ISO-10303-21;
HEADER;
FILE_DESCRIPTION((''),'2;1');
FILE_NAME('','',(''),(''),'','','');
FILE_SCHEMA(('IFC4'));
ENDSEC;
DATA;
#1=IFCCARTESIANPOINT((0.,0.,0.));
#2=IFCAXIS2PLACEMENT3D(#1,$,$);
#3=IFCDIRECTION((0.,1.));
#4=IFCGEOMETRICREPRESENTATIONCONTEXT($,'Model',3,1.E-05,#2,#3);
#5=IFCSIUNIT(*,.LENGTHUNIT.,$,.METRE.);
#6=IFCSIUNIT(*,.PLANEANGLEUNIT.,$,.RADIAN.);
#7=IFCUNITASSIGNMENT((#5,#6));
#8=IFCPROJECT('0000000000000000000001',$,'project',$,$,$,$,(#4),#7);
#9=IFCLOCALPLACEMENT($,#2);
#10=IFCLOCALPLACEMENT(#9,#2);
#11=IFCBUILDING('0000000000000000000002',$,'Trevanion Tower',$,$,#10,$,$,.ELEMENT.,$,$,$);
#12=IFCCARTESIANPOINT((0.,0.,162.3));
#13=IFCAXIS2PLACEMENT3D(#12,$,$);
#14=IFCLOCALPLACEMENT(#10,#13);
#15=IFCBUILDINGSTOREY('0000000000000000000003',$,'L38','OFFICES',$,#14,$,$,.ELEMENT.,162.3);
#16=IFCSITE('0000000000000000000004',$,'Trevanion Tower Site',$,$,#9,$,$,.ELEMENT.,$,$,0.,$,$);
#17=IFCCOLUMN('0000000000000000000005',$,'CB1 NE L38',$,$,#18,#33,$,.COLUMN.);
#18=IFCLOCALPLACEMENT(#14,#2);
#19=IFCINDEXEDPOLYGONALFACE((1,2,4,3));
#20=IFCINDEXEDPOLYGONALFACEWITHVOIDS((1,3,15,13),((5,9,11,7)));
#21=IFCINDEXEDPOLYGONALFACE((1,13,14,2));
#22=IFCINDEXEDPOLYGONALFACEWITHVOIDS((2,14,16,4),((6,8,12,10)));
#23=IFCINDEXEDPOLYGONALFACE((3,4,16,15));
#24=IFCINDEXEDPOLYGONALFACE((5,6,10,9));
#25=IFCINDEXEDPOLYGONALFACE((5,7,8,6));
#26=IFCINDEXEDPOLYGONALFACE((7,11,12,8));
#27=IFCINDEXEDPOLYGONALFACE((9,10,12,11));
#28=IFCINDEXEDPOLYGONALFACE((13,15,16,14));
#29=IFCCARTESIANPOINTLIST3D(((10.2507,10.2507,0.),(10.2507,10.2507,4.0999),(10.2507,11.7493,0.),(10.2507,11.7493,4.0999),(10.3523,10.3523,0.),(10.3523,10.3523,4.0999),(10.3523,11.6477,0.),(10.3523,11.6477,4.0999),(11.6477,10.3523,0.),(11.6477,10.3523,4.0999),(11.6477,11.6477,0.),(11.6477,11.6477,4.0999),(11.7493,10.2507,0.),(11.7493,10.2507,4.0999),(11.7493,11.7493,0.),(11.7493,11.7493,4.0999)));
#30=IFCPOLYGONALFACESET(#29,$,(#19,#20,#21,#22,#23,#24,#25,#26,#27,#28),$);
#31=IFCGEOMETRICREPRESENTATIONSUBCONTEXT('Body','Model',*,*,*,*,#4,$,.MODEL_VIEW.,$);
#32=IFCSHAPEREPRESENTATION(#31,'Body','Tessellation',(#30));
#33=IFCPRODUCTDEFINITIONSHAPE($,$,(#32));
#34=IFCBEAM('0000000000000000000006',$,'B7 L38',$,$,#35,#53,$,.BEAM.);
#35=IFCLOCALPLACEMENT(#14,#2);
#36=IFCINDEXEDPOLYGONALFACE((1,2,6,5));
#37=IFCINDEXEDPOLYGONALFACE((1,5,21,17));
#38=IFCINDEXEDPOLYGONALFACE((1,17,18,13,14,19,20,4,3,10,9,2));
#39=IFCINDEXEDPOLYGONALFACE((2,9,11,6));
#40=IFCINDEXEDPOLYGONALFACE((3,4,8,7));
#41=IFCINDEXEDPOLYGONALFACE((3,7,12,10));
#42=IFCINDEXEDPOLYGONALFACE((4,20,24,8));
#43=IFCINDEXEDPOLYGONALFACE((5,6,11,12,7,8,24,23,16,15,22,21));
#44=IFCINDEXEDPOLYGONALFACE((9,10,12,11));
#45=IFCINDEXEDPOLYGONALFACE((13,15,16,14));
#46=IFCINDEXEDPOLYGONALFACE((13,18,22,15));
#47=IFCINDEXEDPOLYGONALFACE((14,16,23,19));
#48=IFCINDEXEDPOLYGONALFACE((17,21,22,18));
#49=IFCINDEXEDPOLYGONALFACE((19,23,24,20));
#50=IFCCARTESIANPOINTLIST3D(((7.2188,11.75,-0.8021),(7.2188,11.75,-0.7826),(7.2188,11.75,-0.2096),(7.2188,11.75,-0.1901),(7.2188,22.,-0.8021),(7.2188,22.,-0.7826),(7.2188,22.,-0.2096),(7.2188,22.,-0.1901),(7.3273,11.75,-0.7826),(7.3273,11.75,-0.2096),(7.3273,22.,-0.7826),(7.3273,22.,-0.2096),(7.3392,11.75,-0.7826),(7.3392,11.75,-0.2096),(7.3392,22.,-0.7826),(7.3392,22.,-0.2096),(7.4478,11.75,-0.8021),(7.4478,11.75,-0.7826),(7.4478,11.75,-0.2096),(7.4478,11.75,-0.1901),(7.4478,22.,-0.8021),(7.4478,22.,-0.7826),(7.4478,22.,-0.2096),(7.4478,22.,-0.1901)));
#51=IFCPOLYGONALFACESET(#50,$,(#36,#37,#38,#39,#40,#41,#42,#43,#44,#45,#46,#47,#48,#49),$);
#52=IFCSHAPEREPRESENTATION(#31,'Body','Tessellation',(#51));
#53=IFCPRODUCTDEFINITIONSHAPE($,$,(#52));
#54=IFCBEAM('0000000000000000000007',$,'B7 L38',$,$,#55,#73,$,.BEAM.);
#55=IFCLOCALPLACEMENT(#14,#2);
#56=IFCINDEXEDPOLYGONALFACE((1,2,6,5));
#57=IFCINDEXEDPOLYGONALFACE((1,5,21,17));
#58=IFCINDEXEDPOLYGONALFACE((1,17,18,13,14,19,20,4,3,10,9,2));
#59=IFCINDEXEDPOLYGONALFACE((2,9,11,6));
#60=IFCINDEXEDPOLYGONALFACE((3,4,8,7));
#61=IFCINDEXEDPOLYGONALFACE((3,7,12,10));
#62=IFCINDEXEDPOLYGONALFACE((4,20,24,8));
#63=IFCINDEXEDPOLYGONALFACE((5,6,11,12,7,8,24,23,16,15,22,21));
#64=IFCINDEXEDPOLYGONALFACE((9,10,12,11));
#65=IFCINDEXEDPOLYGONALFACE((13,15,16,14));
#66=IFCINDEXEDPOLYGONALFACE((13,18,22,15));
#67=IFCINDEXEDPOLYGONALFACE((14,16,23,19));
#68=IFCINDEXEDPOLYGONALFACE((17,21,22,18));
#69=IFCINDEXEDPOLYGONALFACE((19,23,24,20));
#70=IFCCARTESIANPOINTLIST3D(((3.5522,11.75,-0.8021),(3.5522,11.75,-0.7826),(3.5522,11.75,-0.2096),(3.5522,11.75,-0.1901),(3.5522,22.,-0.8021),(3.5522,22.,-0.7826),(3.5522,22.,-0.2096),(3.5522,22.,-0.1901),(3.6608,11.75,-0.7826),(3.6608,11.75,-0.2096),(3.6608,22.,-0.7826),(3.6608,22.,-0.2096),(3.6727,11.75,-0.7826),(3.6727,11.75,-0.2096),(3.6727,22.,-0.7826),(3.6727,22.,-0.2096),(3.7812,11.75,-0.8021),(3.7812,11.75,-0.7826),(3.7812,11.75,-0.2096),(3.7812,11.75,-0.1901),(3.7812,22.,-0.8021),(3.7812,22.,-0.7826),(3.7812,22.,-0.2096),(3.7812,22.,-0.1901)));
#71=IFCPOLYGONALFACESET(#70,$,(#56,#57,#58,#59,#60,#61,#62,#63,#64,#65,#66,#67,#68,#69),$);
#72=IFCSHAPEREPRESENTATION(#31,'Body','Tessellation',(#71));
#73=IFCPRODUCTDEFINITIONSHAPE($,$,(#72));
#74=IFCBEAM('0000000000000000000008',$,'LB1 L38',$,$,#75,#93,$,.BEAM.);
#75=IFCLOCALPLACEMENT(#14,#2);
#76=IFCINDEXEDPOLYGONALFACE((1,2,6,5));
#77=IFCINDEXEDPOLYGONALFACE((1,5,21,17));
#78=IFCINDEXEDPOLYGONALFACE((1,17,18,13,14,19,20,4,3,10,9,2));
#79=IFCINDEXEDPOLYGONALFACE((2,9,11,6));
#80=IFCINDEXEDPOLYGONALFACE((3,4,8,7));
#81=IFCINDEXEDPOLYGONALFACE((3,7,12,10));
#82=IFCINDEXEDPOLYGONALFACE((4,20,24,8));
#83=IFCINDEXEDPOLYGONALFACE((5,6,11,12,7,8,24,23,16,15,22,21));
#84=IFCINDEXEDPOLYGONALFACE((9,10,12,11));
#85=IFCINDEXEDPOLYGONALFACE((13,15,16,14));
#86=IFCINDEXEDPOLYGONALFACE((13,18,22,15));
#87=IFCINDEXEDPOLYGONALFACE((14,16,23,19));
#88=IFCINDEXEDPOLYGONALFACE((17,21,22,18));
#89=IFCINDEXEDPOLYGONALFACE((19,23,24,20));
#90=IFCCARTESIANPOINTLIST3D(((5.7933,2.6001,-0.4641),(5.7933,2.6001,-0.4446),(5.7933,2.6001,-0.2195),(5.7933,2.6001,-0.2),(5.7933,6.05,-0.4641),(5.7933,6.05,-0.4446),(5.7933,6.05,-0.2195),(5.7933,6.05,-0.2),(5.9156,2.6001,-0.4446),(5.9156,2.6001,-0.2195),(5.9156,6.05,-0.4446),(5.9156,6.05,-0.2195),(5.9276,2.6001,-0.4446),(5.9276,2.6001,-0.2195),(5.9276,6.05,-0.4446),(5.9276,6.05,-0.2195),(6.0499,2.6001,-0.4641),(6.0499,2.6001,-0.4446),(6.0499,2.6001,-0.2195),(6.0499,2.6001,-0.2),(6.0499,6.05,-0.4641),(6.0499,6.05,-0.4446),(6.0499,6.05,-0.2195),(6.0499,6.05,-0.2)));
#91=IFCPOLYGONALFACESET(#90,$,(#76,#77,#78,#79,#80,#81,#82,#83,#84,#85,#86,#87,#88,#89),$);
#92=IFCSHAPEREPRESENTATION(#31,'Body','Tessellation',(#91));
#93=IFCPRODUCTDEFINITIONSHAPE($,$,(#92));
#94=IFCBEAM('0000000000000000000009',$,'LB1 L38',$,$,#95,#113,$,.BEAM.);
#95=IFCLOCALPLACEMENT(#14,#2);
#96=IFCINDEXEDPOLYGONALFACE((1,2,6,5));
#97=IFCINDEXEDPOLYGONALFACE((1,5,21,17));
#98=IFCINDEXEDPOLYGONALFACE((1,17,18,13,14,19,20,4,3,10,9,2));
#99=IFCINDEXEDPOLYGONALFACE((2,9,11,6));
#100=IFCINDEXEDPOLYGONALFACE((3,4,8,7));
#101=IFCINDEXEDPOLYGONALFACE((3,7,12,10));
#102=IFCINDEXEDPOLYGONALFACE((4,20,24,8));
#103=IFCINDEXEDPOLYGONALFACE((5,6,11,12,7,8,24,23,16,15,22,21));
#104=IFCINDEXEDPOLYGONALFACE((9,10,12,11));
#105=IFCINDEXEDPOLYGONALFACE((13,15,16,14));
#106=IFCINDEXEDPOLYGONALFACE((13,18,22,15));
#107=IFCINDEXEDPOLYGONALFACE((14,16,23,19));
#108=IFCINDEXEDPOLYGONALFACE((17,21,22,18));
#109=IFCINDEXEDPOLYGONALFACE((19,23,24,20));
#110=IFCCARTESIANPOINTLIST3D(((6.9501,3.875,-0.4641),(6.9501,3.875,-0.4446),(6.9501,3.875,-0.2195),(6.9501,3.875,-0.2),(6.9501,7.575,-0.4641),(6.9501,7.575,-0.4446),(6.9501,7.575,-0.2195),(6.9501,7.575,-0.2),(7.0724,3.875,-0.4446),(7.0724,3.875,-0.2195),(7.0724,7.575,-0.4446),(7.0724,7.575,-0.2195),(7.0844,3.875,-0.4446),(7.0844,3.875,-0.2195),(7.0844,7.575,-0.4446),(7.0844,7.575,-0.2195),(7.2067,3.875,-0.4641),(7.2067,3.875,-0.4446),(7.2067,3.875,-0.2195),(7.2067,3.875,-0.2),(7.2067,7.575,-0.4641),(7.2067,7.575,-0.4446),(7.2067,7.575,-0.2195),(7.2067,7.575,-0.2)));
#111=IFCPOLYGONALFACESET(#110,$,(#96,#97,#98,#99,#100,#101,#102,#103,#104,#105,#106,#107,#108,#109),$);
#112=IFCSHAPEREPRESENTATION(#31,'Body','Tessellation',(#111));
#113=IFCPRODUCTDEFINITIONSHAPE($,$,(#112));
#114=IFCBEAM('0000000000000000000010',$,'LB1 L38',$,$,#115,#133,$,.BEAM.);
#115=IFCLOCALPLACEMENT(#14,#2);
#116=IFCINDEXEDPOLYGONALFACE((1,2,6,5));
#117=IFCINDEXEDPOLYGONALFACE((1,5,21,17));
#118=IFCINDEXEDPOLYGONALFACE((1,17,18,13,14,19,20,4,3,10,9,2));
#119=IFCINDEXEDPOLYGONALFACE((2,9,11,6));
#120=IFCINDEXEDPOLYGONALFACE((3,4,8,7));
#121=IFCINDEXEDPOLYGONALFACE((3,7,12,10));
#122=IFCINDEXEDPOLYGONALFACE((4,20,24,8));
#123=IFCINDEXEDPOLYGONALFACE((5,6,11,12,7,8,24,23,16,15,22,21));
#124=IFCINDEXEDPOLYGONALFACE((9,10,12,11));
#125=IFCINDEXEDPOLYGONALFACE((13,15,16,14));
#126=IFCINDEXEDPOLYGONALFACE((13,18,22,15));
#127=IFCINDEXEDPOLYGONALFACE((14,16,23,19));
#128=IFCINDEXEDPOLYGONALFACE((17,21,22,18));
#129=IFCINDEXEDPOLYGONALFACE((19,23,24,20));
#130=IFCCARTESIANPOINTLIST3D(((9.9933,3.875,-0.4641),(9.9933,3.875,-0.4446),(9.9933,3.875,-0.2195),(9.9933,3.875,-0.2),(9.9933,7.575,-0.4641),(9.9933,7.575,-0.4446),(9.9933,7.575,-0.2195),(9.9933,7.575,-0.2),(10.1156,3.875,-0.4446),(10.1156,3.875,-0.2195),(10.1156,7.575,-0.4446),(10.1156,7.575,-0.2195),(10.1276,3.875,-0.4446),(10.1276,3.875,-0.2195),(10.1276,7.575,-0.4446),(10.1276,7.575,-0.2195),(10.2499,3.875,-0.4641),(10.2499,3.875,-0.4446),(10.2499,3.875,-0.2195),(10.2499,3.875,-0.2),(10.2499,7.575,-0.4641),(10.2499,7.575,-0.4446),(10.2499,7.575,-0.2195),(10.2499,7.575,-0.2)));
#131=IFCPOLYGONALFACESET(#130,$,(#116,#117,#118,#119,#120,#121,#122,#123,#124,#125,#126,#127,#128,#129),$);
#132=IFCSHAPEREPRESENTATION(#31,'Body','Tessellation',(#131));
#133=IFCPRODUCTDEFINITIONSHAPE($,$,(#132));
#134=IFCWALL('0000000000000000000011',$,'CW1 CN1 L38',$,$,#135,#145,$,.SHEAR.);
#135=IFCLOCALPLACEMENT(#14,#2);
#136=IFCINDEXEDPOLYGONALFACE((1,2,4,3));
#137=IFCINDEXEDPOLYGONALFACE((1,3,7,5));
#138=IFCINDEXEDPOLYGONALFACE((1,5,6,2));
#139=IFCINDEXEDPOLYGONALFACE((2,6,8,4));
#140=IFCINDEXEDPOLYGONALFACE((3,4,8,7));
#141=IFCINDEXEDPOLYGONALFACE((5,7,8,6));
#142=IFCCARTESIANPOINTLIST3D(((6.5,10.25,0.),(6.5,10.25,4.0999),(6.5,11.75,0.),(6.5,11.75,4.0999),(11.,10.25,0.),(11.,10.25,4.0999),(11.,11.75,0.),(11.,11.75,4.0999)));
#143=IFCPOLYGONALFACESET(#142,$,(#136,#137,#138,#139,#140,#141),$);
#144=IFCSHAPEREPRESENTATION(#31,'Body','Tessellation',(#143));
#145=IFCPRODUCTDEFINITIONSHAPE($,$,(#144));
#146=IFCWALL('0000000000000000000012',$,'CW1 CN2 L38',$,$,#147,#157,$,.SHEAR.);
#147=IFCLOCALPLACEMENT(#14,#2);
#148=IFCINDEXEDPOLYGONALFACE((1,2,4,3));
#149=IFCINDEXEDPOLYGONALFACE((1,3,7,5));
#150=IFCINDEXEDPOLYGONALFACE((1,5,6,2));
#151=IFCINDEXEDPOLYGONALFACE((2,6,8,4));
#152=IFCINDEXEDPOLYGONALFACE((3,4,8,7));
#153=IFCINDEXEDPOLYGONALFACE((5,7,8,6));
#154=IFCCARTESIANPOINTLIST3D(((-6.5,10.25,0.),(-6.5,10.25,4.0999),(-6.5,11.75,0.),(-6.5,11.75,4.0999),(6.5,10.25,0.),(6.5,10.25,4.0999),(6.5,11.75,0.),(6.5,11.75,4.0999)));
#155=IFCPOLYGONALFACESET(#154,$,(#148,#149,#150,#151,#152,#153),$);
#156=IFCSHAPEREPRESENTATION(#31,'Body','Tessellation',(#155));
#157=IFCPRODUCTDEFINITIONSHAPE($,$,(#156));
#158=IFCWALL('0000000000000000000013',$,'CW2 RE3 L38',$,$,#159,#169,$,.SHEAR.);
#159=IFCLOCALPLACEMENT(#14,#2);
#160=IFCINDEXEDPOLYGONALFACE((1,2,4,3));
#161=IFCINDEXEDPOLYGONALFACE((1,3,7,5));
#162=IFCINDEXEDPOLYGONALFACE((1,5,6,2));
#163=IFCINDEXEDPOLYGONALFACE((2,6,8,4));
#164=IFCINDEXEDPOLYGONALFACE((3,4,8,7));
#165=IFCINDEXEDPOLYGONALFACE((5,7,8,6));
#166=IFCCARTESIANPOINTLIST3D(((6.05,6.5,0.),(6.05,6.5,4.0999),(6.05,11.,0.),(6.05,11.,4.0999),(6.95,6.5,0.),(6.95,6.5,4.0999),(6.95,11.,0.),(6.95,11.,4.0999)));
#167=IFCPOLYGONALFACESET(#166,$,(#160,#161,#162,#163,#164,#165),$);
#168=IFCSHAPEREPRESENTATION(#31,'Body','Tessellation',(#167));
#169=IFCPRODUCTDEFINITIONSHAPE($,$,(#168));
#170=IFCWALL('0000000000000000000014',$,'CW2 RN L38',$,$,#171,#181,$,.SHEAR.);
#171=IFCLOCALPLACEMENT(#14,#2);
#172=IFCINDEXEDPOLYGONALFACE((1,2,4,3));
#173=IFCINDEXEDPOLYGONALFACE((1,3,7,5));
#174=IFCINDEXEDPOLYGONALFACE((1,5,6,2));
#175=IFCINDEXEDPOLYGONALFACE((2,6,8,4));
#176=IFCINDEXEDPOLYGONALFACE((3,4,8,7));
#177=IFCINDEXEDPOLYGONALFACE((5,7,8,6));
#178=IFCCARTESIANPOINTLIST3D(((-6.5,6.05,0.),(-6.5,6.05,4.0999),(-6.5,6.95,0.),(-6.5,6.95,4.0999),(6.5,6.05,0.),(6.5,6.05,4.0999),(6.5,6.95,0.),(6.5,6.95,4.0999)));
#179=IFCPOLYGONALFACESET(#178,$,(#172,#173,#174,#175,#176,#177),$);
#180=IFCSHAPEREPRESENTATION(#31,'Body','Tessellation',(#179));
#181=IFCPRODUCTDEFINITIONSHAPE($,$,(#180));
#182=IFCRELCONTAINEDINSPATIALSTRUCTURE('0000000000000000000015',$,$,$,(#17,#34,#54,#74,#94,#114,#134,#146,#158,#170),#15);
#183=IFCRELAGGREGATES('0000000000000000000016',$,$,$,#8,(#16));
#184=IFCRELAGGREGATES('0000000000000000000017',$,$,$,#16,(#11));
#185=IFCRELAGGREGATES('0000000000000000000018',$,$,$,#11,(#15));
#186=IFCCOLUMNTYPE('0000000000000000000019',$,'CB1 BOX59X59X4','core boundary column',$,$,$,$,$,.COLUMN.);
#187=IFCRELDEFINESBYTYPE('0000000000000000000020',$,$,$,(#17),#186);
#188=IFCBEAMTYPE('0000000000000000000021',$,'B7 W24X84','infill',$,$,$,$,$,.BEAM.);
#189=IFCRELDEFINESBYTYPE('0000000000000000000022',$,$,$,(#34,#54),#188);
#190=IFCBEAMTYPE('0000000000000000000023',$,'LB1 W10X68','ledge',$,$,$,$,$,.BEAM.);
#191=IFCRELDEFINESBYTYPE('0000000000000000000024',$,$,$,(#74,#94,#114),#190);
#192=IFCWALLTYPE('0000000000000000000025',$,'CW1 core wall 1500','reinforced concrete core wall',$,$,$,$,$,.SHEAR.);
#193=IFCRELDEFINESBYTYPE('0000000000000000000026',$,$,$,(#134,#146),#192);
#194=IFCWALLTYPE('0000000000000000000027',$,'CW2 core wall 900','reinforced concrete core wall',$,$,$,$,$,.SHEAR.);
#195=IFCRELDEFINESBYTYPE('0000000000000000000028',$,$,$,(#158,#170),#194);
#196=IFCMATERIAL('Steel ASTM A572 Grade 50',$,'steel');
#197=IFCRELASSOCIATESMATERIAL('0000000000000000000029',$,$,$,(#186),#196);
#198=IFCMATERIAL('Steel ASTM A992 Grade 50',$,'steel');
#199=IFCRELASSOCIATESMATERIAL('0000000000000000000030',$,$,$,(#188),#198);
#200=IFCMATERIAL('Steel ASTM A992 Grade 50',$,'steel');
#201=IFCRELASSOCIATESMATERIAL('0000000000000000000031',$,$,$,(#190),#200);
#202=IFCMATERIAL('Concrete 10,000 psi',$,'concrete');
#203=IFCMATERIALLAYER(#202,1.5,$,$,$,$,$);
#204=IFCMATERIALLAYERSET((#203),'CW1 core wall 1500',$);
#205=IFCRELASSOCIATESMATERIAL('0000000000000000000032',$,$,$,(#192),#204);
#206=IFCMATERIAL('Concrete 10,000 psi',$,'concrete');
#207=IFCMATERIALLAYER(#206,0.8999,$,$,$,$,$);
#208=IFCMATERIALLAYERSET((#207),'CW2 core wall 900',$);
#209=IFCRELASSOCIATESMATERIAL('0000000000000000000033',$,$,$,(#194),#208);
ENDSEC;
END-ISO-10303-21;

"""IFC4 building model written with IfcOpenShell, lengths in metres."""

from ifc_helpers import new_model, si_unit, direction, frame, frame_2d, origin, origin_2d, place, context, subcontext, project, spatial, rectangle, hollow_rectangle, i_section, extrude, material, layer, layer_set, material_profile, profile_set, type_object, element, save


model = new_model("IFC4")

# Units and contexts
model_context = context("Model", 3, precision=1e-05, world=origin(), true_north=direction((0.0, 1.0)))
body_context = subcontext(model_context, "Body", "Model", "MODEL_VIEW")
ifc_project = project(units=[si_unit("LENGTHUNIT", "METRE"), si_unit("PLANEANGLEUNIT", "RADIAN")], contexts=[model_context])

# Site, building, storey
site_placement = place(None, origin())
site = spatial("IfcSite", under=ifc_project, at=site_placement, Name="Trevanion Tower Site", CompositionType="ELEMENT", RefElevation=0.0)
building_placement = place(site_placement, origin())
building = spatial("IfcBuilding", under=site, at=building_placement, Name="Trevanion Tower", CompositionType="ELEMENT")
storey_placement = place(building_placement, frame((0.0, 0.0, 162.3)))
storey = spatial("IfcBuildingStorey", under=building, at=storey_placement, Name="L38", Description="OFFICES", CompositionType="ELEMENT", Elevation=162.3)

# Column
ifc_material_1 = material(Name="Steel ASTM A572 Grade 50", Category="steel")
ifc_material_profile_1 = material_profile(ifc_material_1, hollow_rectangle(XDim=1.4985, YDim=1.4985, WallThickness=0.1016, at=origin_2d()), Name="BOX59X59X4")
ifc_profile_set_1 = profile_set([ifc_material_profile_1], Name="Steel ASTM A572 Grade 50")
column_type = type_object("IfcColumnType", Name="CB1 BOX59X59X4", Description="core boundary column", PredefinedType="COLUMN", material=ifc_profile_set_1)
column_placement = place(storey_placement, frame((11.0, 11.0, 0.0), z_axis=(0.0, 0.0, 1.0), x_axis=(1.0, 0.0, 0.0)))
element("IfcColumn", 1, at=column_placement, inside=storey, type_object=column_type, Name="CB1 NE L38", PredefinedType="COLUMN", context=body_context, shape_type="SweptSolid", body=[
    extrude(hollow_rectangle(XDim=1.4985, YDim=1.4985, WallThickness=0.1016, at=origin_2d()), origin(), (0.0, 0.0, 1.0), 4.0999),
])

# Beams
ifc_material_2 = material(Name="Steel ASTM A992 Grade 50", Category="steel")
ifc_material_profile_2 = material_profile(ifc_material_2, i_section(OverallWidth=0.229, OverallDepth=0.6121, WebThickness=0.012, FlangeThickness=0.0195, at=origin_2d()), Name="W24X84")
ifc_profile_set_2 = profile_set([ifc_material_profile_2], Name="Steel ASTM A992 Grade 50")
beam_type_1 = type_object("IfcBeamType", Name="B7 W24X84", Description="infill", PredefinedType="BEAM", material=ifc_profile_set_2)
for number, where, z_axis, x_axis, name in (
    (2, (7.3333, 11.75, -0.4961), (0.0, 1.0, 0.0), (-1.0, 0.0, 0.0), "B7 L38"),
    (3, (3.6667, 11.75, -0.4961), (0.0, 1.0, 0.0), (-1.0, 0.0, 0.0), "B7 L38"),
):
    element("IfcBeam", number, at=place(storey_placement, frame(where, z_axis=z_axis, x_axis=x_axis)), inside=storey, type_object=beam_type_1, Name=name, PredefinedType="BEAM", context=body_context, shape_type="SweptSolid", body=[
        extrude(i_section(OverallWidth=0.229, OverallDepth=0.6121, WebThickness=0.012, FlangeThickness=0.0195, at=origin_2d()), origin(), (0.0, 0.0, 1.0), 10.25),
    ])
ifc_material_3 = material(Name="Steel ASTM A992 Grade 50", Category="steel")
ifc_material_profile_3 = material_profile(ifc_material_3, i_section(OverallWidth=0.2566, OverallDepth=0.2642, WebThickness=0.012, FlangeThickness=0.0195, at=origin_2d()), Name="W10X68")
ifc_profile_set_3 = profile_set([ifc_material_profile_3], Name="Steel ASTM A992 Grade 50")
beam_type_2 = type_object("IfcBeamType", Name="LB1 W10X68", Description="ledge", PredefinedType="BEAM", material=ifc_profile_set_3)
beam_placement = place(storey_placement, frame((5.9216, 2.6001, -0.332), z_axis=(0.0, 1.0, 0.0), x_axis=(-1.0, 0.0, 0.0)))
element("IfcBeam", 4, at=beam_placement, inside=storey, type_object=beam_type_2, Name="LB1 L38", PredefinedType="BEAM", context=body_context, shape_type="SweptSolid", body=[
    extrude(i_section(OverallWidth=0.2566, OverallDepth=0.2642, WebThickness=0.012, FlangeThickness=0.0195, at=origin_2d()), origin(), (0.0, 0.0, 1.0), 3.45),
])
for number, where, z_axis, x_axis, name in (
    (5, (7.0784, 3.875, -0.332), (0.0, 1.0, 0.0), (-1.0, 0.0, 0.0), "LB1 L38"),
    (6, (10.1216, 3.875, -0.332), (0.0, 1.0, 0.0), (-1.0, 0.0, 0.0), "LB1 L38"),
):
    element("IfcBeam", number, at=place(storey_placement, frame(where, z_axis=z_axis, x_axis=x_axis)), inside=storey, type_object=beam_type_2, Name=name, PredefinedType="BEAM", context=body_context, shape_type="SweptSolid", body=[
        extrude(i_section(OverallWidth=0.2566, OverallDepth=0.2642, WebThickness=0.012, FlangeThickness=0.0195, at=origin_2d()), origin(), (0.0, 0.0, 1.0), 3.7),
    ])

# Walls
ifc_material_4 = material(Name="Concrete 10,000 psi", Category="concrete")
ifc_layer_1 = layer(ifc_material_4, 1.5)
ifc_layer_set_1 = layer_set([ifc_layer_1], Name="CW1 core wall 1500")
wall_type_1 = type_object("IfcWallType", Name="CW1 core wall 1500", Description="reinforced concrete core wall", PredefinedType="SHEAR", material=ifc_layer_set_1)
wall_1_placement = place(storey_placement, frame((11.0, 11.0, 0.0), z_axis=(0.0, 0.0, 1.0), x_axis=(-1.0, 0.0, 0.0)))
element("IfcWall", 7, at=wall_1_placement, inside=storey, type_object=wall_type_1, Name="CW1 CN1 L38", PredefinedType="SHEAR", context=body_context, shape_type="SweptSolid", body=[
    extrude(rectangle(XDim=4.5, YDim=1.5, at=frame_2d((2.25, 0.0))), origin(), (0.0, 0.0, 1.0), 4.0999),
])
wall_2_placement = place(storey_placement, frame((6.5, 11.0, 0.0), z_axis=(0.0, 0.0, 1.0), x_axis=(-1.0, 0.0, 0.0)))
element("IfcWall", 8, at=wall_2_placement, inside=storey, type_object=wall_type_1, Name="CW1 CN2 L38", PredefinedType="SHEAR", context=body_context, shape_type="SweptSolid", body=[
    extrude(rectangle(XDim=13.0, YDim=1.5, at=frame_2d((6.5, 0.0))), origin(), (0.0, 0.0, 1.0), 4.0999),
])
ifc_material_5 = material(Name="Concrete 10,000 psi", Category="concrete")
ifc_layer_2 = layer(ifc_material_5, 0.8999)
ifc_layer_set_2 = layer_set([ifc_layer_2], Name="CW2 core wall 900")
wall_type_2 = type_object("IfcWallType", Name="CW2 core wall 900", Description="reinforced concrete core wall", PredefinedType="SHEAR", material=ifc_layer_set_2)
wall_3_placement = place(storey_placement, frame((6.5, 6.5, 0.0), z_axis=(0.0, 0.0, 1.0), x_axis=(0.0, 1.0, 0.0)))
element("IfcWall", 9, at=wall_3_placement, inside=storey, type_object=wall_type_2, Name="CW2 RE3 L38", PredefinedType="SHEAR", context=body_context, shape_type="SweptSolid", body=[
    extrude(rectangle(XDim=4.5, YDim=0.8999, at=frame_2d((2.25, 0.0))), origin(), (0.0, 0.0, 1.0), 4.0999),
])
wall_4_placement = place(storey_placement, frame((6.5, 6.5, 0.0), z_axis=(0.0, 0.0, 1.0), x_axis=(-1.0, 0.0, 0.0)))
element("IfcWall", 10, at=wall_4_placement, inside=storey, type_object=wall_type_2, Name="CW2 RN L38", PredefinedType="SHEAR", context=body_context, shape_type="SweptSolid", body=[
    extrude(rectangle(XDim=13.0, YDim=0.8999, at=frame_2d((6.5, 0.0))), origin(), (0.0, 0.0, 1.0), 4.0999),
])

save(model, "model.ifc")
